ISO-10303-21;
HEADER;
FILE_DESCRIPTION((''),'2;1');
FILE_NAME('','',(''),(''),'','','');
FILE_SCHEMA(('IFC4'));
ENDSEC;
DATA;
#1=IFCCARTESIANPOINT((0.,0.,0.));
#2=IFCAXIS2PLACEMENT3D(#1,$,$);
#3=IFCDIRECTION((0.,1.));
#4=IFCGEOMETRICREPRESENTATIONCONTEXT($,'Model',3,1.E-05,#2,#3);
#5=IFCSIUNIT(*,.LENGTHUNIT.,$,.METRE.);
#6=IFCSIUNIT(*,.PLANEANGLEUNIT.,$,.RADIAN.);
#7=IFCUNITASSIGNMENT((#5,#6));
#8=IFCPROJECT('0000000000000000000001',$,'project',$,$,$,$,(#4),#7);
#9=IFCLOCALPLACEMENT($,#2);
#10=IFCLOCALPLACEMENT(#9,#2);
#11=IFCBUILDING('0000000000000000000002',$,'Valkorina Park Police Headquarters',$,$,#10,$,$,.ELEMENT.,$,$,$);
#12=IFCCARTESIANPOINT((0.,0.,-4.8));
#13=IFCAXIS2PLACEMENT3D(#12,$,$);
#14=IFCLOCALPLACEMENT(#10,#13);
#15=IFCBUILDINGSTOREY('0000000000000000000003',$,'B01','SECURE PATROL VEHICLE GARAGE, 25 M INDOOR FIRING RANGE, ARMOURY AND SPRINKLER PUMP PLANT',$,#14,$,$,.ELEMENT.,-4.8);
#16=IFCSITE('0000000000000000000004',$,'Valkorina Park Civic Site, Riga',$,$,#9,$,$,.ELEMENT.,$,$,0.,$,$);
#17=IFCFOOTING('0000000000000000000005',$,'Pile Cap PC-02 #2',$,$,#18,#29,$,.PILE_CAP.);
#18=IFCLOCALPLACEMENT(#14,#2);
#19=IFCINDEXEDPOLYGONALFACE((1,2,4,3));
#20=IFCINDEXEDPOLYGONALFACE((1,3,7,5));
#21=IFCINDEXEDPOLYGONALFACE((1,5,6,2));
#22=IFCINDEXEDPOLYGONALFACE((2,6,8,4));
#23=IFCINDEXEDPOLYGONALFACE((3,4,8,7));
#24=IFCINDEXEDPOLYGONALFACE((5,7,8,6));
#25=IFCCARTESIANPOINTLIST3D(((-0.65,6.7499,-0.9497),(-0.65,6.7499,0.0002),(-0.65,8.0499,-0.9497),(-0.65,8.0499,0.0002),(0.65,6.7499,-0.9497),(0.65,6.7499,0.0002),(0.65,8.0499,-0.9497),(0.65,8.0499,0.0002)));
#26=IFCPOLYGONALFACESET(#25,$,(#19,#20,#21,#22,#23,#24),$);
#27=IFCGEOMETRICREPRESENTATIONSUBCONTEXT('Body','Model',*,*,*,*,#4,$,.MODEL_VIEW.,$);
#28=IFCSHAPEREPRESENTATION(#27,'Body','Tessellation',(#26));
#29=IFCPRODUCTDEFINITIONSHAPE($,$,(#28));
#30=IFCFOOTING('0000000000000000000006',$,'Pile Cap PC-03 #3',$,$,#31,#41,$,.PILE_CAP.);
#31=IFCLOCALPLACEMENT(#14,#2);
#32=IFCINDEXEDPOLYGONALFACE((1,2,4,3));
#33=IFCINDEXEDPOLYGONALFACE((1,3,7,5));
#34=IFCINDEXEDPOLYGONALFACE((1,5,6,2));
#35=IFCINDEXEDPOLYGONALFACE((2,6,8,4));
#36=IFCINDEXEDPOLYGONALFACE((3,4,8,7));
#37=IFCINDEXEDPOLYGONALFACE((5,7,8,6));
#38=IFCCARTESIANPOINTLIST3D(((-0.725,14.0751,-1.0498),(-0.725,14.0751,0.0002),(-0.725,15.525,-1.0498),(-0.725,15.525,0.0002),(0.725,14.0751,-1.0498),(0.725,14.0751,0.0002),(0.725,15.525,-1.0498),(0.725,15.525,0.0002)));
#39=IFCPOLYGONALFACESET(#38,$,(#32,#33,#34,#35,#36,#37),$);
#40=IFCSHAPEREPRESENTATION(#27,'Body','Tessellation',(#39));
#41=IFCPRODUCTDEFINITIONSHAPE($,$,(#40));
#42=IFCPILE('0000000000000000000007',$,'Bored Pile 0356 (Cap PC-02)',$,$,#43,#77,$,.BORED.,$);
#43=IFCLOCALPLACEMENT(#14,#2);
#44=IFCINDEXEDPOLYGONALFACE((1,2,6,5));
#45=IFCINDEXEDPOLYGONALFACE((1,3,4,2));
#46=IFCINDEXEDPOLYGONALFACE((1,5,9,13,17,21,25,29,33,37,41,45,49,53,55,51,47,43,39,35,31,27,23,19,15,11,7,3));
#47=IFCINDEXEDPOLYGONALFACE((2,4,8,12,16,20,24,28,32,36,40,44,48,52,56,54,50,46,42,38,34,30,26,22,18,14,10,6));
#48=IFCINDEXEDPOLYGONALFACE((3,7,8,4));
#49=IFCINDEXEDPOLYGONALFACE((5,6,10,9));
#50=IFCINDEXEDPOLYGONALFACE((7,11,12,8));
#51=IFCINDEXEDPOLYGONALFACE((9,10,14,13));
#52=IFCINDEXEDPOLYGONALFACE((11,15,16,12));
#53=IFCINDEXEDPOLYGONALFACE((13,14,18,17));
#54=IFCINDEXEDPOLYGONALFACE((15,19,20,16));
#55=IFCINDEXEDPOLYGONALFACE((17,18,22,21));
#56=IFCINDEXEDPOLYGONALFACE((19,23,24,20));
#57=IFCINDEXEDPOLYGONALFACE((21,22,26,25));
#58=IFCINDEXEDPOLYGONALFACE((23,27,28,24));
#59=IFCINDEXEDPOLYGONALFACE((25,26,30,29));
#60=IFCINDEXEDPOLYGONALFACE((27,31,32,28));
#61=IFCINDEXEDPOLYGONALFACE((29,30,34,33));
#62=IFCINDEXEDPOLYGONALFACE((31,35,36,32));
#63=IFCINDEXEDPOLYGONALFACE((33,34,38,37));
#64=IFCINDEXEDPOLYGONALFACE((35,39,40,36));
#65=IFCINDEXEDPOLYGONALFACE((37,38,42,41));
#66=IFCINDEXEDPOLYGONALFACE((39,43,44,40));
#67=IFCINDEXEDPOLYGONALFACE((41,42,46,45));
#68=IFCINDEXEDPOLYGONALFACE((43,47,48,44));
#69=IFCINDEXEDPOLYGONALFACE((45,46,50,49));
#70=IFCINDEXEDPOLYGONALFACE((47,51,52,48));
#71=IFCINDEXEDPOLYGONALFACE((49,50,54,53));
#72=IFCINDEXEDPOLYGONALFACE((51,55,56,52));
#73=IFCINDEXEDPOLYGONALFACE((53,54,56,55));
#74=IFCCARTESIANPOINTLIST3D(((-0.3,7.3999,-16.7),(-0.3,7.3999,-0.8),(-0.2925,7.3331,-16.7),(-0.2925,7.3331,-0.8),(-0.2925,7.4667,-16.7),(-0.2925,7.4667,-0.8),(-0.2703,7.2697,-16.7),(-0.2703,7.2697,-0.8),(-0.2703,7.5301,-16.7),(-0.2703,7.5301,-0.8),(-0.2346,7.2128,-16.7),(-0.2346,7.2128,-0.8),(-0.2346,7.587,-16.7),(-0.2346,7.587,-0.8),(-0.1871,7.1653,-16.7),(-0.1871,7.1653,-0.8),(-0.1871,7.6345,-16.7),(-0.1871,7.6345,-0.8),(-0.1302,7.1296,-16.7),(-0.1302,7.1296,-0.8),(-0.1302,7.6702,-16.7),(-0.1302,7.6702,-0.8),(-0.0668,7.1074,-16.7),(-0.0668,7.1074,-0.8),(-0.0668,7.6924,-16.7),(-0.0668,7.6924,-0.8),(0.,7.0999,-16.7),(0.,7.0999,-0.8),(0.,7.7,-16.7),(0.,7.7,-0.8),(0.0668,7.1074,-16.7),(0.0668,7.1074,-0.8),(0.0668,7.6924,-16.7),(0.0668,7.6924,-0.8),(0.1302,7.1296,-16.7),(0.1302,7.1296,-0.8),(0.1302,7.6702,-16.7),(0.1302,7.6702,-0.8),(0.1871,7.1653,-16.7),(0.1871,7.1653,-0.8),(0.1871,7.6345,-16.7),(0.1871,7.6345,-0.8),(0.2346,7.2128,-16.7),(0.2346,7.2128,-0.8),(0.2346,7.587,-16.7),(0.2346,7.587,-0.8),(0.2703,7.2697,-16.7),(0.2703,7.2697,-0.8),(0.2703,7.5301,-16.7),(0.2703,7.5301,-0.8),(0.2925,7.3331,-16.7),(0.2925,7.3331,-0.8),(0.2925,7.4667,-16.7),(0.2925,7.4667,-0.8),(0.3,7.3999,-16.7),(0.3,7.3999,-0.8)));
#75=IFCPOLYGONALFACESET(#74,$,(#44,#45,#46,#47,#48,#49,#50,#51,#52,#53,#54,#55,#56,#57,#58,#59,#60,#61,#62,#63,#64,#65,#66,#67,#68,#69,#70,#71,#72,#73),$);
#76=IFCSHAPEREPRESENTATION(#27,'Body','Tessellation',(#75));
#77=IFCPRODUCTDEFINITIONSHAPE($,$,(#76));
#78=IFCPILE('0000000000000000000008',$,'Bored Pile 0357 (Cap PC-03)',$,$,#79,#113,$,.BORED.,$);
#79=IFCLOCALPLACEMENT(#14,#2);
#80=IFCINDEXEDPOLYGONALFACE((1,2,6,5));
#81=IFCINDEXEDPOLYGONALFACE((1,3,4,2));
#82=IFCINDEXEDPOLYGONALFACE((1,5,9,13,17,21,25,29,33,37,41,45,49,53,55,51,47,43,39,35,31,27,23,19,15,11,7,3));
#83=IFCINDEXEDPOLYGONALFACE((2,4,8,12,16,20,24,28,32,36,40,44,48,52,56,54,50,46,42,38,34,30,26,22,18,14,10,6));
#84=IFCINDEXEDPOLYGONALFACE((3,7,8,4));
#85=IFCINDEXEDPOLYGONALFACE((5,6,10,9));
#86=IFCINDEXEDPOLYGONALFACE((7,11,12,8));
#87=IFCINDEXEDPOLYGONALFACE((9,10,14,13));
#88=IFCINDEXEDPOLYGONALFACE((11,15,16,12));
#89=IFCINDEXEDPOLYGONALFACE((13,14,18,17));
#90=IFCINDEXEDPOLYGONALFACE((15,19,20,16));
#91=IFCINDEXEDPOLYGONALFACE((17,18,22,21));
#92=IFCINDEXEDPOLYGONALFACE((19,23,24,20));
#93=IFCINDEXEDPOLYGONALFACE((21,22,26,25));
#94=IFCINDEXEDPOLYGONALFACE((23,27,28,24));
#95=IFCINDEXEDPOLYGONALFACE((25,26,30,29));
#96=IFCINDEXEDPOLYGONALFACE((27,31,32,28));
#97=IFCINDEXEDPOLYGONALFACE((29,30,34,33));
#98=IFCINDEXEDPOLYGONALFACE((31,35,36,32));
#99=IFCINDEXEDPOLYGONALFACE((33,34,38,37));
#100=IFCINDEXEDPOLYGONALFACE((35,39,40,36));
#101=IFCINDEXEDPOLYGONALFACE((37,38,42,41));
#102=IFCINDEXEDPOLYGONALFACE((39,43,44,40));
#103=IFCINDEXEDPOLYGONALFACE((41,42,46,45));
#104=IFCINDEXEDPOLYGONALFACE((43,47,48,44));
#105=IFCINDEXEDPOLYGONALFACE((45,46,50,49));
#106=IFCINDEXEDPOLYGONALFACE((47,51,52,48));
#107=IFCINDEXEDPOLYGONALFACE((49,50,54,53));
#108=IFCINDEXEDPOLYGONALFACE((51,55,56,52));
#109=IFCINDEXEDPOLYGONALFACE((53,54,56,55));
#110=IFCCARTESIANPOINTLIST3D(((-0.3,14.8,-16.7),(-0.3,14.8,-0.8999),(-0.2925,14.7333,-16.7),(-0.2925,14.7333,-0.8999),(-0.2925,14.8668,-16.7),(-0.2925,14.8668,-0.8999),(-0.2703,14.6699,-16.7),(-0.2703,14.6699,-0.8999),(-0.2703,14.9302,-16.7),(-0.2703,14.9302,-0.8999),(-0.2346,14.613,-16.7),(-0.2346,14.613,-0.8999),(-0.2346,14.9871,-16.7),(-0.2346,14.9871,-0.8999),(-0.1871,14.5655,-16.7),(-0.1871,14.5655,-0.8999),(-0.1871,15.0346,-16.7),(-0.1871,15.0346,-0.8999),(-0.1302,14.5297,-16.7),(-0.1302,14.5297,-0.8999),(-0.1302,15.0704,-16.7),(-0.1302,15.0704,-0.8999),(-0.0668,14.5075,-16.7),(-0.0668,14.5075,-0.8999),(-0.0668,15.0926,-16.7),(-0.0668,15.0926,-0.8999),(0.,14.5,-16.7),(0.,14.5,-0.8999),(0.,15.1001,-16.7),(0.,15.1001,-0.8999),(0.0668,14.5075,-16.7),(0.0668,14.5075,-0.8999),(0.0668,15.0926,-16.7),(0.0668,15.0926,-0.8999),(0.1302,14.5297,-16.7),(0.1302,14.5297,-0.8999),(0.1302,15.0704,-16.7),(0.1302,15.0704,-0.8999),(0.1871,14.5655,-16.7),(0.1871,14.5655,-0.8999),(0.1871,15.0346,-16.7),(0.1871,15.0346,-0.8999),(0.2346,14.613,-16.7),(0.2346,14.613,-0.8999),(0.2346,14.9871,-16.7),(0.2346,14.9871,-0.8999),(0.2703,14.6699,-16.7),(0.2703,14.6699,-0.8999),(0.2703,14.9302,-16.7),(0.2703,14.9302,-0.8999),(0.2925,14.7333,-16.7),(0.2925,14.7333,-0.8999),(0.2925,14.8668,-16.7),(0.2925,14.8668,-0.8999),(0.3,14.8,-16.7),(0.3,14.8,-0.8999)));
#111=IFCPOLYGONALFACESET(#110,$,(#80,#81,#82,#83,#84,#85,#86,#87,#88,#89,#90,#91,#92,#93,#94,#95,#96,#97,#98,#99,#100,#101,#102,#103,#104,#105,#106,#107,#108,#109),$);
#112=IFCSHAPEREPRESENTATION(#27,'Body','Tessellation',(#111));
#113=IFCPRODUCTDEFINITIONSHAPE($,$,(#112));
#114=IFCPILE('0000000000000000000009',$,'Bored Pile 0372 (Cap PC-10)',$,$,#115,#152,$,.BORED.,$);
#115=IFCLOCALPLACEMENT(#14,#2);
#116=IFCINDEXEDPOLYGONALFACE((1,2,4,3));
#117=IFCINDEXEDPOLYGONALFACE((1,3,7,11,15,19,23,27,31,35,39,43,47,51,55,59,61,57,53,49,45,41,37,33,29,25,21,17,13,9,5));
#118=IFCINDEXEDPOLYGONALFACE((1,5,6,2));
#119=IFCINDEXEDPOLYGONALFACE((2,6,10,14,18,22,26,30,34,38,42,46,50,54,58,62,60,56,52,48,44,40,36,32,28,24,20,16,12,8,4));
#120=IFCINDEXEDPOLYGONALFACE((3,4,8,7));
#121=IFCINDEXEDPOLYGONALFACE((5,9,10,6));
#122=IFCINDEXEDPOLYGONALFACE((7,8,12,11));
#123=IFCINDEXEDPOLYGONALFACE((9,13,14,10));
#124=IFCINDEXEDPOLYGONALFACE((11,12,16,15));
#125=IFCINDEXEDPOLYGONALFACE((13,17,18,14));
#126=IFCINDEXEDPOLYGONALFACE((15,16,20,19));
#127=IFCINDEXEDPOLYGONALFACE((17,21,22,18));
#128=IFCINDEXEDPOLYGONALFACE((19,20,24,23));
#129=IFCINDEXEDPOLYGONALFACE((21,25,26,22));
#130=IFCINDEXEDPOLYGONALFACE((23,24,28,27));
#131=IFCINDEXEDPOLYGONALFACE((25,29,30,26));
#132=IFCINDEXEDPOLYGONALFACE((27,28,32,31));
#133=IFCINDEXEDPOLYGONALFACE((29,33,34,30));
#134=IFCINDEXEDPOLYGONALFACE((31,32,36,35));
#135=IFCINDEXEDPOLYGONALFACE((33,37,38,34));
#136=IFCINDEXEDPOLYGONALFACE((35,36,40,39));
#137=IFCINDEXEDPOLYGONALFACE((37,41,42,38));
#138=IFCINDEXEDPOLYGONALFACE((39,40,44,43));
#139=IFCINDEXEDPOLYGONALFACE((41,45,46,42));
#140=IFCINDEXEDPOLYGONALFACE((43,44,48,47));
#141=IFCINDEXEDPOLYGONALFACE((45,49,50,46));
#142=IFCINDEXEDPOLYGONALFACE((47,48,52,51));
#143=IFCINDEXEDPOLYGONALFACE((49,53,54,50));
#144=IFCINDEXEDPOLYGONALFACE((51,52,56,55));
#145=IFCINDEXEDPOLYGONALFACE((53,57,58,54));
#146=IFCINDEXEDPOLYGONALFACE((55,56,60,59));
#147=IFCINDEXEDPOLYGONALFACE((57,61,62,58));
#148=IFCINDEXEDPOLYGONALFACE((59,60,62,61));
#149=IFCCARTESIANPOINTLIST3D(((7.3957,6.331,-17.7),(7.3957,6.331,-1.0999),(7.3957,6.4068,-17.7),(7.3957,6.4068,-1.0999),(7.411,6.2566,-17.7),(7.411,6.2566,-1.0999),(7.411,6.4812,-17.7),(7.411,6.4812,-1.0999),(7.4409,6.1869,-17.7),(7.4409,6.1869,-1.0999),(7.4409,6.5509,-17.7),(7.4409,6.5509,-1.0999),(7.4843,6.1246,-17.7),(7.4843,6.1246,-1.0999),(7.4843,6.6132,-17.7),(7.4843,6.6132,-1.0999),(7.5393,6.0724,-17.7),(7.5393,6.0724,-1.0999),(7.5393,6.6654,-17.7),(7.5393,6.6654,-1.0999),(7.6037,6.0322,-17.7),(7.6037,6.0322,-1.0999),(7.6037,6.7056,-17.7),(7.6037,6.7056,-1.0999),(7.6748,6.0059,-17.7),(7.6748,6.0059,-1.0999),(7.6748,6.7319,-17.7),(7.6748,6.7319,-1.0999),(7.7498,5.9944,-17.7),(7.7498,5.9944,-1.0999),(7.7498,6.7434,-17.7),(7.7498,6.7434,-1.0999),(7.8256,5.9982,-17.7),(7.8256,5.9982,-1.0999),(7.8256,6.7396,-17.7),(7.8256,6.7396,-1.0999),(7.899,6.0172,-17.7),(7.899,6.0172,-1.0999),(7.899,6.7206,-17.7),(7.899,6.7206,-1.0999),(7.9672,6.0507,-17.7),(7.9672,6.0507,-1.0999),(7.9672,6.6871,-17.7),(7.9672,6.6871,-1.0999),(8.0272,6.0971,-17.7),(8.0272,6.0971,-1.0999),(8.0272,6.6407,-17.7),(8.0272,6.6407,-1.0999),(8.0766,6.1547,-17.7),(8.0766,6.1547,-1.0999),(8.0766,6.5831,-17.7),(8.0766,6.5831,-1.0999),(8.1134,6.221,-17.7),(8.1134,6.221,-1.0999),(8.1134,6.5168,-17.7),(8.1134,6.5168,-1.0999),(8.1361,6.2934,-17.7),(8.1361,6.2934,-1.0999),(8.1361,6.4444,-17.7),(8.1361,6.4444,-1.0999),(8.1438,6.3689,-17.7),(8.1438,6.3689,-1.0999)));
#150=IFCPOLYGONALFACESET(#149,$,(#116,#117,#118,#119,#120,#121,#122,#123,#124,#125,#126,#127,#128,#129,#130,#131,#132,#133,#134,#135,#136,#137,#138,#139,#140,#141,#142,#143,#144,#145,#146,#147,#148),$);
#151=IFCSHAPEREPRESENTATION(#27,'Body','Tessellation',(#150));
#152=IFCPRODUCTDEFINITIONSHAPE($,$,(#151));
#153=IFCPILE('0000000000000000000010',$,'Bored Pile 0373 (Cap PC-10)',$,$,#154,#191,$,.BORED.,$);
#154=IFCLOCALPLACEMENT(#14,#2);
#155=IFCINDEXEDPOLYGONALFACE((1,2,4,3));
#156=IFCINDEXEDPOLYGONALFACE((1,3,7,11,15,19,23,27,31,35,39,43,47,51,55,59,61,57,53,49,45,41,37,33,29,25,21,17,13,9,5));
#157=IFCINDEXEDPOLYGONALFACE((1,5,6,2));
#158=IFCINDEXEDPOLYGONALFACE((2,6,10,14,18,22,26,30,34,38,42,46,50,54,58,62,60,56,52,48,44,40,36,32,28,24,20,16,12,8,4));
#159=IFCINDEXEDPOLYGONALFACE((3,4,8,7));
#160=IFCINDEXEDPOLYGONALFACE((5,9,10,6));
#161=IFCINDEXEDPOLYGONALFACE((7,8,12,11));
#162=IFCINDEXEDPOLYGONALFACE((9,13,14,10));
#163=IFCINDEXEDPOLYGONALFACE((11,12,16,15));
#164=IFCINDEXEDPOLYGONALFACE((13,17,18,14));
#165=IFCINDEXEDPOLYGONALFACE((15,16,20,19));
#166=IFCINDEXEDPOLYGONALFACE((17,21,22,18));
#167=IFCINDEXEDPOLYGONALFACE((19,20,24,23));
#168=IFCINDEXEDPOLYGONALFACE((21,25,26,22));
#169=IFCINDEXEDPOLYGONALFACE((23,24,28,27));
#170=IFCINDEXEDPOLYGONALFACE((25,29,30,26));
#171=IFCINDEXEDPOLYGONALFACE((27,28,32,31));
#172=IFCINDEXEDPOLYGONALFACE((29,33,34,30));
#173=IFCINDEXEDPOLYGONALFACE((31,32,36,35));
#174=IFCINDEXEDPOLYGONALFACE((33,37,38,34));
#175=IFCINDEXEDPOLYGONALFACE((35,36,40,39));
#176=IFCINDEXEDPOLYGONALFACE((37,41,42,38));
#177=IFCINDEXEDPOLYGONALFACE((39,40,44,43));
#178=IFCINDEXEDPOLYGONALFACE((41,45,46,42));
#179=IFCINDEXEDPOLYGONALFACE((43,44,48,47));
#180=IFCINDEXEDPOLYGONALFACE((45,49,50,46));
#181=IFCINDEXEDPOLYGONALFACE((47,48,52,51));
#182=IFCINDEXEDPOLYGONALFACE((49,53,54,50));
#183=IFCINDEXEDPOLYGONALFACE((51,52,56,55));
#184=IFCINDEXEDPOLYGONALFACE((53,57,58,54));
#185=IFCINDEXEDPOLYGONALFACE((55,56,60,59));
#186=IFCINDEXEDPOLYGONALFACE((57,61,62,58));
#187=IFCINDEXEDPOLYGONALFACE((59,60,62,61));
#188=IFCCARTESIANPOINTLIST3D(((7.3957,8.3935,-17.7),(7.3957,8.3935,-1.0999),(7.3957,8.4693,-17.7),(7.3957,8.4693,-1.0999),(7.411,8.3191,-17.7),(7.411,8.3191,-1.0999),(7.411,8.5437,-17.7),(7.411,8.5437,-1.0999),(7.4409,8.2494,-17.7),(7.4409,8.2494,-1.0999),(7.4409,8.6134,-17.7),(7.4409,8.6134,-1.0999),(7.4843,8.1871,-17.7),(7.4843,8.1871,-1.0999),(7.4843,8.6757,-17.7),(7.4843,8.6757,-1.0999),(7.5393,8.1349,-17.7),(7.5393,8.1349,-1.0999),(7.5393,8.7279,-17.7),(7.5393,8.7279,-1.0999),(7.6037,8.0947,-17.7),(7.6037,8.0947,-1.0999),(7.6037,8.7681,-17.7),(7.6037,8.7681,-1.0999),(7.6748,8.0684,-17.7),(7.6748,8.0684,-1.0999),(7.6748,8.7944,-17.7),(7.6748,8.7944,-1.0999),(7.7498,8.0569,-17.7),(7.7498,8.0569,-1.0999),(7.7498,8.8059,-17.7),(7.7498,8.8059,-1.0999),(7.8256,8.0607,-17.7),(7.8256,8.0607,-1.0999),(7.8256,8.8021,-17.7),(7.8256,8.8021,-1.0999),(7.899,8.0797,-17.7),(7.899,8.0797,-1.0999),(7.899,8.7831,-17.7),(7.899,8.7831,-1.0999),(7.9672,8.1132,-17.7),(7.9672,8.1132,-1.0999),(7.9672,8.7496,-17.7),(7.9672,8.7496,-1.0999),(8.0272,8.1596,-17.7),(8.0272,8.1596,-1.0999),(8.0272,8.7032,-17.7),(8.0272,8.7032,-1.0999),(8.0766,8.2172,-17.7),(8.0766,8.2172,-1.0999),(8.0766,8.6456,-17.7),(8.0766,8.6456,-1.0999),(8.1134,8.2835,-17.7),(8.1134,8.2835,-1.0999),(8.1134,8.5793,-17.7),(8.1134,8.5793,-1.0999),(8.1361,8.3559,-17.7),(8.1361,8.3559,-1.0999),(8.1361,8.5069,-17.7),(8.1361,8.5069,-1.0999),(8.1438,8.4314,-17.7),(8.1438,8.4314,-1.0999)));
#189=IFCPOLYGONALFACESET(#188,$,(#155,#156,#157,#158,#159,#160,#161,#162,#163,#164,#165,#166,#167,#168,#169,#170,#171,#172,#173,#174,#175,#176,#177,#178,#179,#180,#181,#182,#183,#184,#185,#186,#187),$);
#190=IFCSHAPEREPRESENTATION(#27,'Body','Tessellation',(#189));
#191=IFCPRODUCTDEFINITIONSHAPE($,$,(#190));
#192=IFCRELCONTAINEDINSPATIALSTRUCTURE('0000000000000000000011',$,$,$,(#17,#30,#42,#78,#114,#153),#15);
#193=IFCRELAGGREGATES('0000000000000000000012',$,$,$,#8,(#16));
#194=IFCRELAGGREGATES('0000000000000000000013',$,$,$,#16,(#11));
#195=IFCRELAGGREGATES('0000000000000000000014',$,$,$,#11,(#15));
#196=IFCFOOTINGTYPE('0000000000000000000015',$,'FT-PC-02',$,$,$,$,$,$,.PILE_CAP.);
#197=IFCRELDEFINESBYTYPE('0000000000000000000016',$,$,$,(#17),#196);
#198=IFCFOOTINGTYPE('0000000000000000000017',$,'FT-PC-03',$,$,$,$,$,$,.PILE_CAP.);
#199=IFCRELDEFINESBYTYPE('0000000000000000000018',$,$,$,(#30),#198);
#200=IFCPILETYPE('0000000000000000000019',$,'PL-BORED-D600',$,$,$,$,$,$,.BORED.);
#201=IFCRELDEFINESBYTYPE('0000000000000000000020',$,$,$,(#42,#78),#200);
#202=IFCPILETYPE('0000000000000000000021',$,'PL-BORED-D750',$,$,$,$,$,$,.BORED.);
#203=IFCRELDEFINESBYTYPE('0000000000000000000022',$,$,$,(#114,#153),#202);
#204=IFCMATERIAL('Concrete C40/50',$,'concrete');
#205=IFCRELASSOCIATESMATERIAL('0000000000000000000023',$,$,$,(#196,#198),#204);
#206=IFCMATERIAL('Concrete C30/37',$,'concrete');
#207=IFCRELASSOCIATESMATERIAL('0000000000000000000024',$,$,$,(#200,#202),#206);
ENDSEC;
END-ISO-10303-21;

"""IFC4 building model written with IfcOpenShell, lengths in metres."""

from ifc_helpers import new_model, si_unit, direction, frame, origin, origin_2d, place, context, subcontext, project, spatial, rectangle, circle, extrude, material, material_profile, profile_set, type_object, element, save


model = new_model("IFC4")

# Units and contexts
model_context = context("Model", 3, precision=1e-05, world=origin(), true_north=direction((0.0, 1.0)))
body_context = subcontext(model_context, "Body", "Model", "MODEL_VIEW")
ifc_project = project(units=[si_unit("LENGTHUNIT", "METRE"), si_unit("PLANEANGLEUNIT", "RADIAN")], contexts=[model_context])

# Site, building, storey
site_placement = place(None, origin())
site = spatial("IfcSite", under=ifc_project, at=site_placement, Name="Valkorina Park Civic Site, Riga", CompositionType="ELEMENT", RefElevation=0.0)
building_placement = place(site_placement, origin())
building = spatial("IfcBuilding", under=site, at=building_placement, Name="Valkorina Park Police Headquarters", CompositionType="ELEMENT")
storey_placement = place(building_placement, frame((0.0, 0.0, -4.8)))
storey = spatial("IfcBuildingStorey", under=building, at=storey_placement, Name="B01", Description="SECURE PATROL VEHICLE GARAGE, 25 M INDOOR FIRING RANGE, ARMOURY AND SPRINKLER PUMP PLANT", CompositionType="ELEMENT", Elevation=-4.8)

# Footings
ifc_material_1 = material(Name="Concrete C40/50", Category="concrete")
footing_type_1 = type_object("IfcFootingType", Name="FT-PC-02", PredefinedType="PILE_CAP", material=ifc_material_1)
footing_1_placement = place(storey_placement, frame((0.0, 7.3999, -0.9497), z_axis=(0.0, 0.0, 1.0), x_axis=(1.0, 0.0, 0.0)))
element("IfcFooting", 1, at=footing_1_placement, inside=storey, type_object=footing_type_1, Name="Pile Cap PC-02 #2", PredefinedType="PILE_CAP", context=body_context, shape_type="SweptSolid", body=[
    extrude(rectangle(XDim=1.3, YDim=1.3, at=origin_2d()), origin(), (0.0, 0.0, 1.0), 0.95),
])
footing_type_2 = type_object("IfcFootingType", Name="FT-PC-03", PredefinedType="PILE_CAP", material=ifc_material_1)
footing_2_placement = place(storey_placement, frame((0.0, 14.8, -1.0498), z_axis=(0.0, 0.0, 1.0), x_axis=(1.0, 0.0, 0.0)))
element("IfcFooting", 2, at=footing_2_placement, inside=storey, type_object=footing_type_2, Name="Pile Cap PC-03 #3", PredefinedType="PILE_CAP", context=body_context, shape_type="SweptSolid", body=[
    extrude(rectangle(XDim=1.45, YDim=1.45, at=origin_2d()), origin(), (0.0, 0.0, 1.0), 1.05),
])

# Piles
ifc_material_2 = material(Name="Concrete C30/37", Category="concrete")
ifc_material_profile_1 = material_profile(ifc_material_2, circle(Radius=0.3, at=origin_2d()), Name="BORED PILE D600")
ifc_profile_set_1 = profile_set([ifc_material_profile_1], Name="Concrete C30/37")
pile_type_1 = type_object("IfcPileType", Name="PL-BORED-D600", PredefinedType="BORED", material=ifc_profile_set_1)
pile_1_placement = place(storey_placement, frame((0.0, 7.3999, -0.8), z_axis=(0.0, 0.0, -1.0), x_axis=(1.0, 0.0, 0.0)))
element("IfcPile", 3, at=pile_1_placement, inside=storey, type_object=pile_type_1, Name="Bored Pile 0356 (Cap PC-02)", PredefinedType="BORED", context=body_context, shape_type="SweptSolid", body=[
    extrude(circle(Radius=0.3, at=origin_2d()), origin(), (0.0, 0.0, 1.0), 15.8999),
])
pile_2_placement = place(storey_placement, frame((0.0, 14.8, -0.8999), z_axis=(0.0, 0.0, -1.0), x_axis=(1.0, 0.0, 0.0)))
element("IfcPile", 4, at=pile_2_placement, inside=storey, type_object=pile_type_1, Name="Bored Pile 0357 (Cap PC-03)", PredefinedType="BORED", context=body_context, shape_type="SweptSolid", body=[
    extrude(circle(Radius=0.3, at=origin_2d()), origin(), (0.0, 0.0, 1.0), 15.8),
])
ifc_material_profile_2 = material_profile(ifc_material_2, circle(Radius=0.375, at=origin_2d()), Name="BORED PILE D750")
ifc_profile_set_2 = profile_set([ifc_material_profile_2], Name="Concrete C30/37")
pile_type_2 = type_object("IfcPileType", Name="PL-BORED-D750", PredefinedType="BORED", material=ifc_profile_set_2)
for number, where, z_axis, x_axis, name in (
    (5, (7.7688, 6.3689, -1.0999), (0.0, 0.0, -1.0), (1.0, 0.0, 0.0), "Bored Pile 0372 (Cap PC-10)"),
    (6, (7.7688, 8.4314, -1.0999), (0.0, 0.0, -1.0), (1.0, 0.0, 0.0), "Bored Pile 0373 (Cap PC-10)"),
):
    element("IfcPile", number, at=place(storey_placement, frame(where, z_axis=z_axis, x_axis=x_axis)), inside=storey, type_object=pile_type_2, Name=name, PredefinedType="BORED", context=body_context, shape_type="SweptSolid", body=[
        extrude(circle(Radius=0.375, at=origin_2d()), origin(), (0.0, 0.0, 1.0), 16.6001),
    ])

save(model, "model.ifc")
